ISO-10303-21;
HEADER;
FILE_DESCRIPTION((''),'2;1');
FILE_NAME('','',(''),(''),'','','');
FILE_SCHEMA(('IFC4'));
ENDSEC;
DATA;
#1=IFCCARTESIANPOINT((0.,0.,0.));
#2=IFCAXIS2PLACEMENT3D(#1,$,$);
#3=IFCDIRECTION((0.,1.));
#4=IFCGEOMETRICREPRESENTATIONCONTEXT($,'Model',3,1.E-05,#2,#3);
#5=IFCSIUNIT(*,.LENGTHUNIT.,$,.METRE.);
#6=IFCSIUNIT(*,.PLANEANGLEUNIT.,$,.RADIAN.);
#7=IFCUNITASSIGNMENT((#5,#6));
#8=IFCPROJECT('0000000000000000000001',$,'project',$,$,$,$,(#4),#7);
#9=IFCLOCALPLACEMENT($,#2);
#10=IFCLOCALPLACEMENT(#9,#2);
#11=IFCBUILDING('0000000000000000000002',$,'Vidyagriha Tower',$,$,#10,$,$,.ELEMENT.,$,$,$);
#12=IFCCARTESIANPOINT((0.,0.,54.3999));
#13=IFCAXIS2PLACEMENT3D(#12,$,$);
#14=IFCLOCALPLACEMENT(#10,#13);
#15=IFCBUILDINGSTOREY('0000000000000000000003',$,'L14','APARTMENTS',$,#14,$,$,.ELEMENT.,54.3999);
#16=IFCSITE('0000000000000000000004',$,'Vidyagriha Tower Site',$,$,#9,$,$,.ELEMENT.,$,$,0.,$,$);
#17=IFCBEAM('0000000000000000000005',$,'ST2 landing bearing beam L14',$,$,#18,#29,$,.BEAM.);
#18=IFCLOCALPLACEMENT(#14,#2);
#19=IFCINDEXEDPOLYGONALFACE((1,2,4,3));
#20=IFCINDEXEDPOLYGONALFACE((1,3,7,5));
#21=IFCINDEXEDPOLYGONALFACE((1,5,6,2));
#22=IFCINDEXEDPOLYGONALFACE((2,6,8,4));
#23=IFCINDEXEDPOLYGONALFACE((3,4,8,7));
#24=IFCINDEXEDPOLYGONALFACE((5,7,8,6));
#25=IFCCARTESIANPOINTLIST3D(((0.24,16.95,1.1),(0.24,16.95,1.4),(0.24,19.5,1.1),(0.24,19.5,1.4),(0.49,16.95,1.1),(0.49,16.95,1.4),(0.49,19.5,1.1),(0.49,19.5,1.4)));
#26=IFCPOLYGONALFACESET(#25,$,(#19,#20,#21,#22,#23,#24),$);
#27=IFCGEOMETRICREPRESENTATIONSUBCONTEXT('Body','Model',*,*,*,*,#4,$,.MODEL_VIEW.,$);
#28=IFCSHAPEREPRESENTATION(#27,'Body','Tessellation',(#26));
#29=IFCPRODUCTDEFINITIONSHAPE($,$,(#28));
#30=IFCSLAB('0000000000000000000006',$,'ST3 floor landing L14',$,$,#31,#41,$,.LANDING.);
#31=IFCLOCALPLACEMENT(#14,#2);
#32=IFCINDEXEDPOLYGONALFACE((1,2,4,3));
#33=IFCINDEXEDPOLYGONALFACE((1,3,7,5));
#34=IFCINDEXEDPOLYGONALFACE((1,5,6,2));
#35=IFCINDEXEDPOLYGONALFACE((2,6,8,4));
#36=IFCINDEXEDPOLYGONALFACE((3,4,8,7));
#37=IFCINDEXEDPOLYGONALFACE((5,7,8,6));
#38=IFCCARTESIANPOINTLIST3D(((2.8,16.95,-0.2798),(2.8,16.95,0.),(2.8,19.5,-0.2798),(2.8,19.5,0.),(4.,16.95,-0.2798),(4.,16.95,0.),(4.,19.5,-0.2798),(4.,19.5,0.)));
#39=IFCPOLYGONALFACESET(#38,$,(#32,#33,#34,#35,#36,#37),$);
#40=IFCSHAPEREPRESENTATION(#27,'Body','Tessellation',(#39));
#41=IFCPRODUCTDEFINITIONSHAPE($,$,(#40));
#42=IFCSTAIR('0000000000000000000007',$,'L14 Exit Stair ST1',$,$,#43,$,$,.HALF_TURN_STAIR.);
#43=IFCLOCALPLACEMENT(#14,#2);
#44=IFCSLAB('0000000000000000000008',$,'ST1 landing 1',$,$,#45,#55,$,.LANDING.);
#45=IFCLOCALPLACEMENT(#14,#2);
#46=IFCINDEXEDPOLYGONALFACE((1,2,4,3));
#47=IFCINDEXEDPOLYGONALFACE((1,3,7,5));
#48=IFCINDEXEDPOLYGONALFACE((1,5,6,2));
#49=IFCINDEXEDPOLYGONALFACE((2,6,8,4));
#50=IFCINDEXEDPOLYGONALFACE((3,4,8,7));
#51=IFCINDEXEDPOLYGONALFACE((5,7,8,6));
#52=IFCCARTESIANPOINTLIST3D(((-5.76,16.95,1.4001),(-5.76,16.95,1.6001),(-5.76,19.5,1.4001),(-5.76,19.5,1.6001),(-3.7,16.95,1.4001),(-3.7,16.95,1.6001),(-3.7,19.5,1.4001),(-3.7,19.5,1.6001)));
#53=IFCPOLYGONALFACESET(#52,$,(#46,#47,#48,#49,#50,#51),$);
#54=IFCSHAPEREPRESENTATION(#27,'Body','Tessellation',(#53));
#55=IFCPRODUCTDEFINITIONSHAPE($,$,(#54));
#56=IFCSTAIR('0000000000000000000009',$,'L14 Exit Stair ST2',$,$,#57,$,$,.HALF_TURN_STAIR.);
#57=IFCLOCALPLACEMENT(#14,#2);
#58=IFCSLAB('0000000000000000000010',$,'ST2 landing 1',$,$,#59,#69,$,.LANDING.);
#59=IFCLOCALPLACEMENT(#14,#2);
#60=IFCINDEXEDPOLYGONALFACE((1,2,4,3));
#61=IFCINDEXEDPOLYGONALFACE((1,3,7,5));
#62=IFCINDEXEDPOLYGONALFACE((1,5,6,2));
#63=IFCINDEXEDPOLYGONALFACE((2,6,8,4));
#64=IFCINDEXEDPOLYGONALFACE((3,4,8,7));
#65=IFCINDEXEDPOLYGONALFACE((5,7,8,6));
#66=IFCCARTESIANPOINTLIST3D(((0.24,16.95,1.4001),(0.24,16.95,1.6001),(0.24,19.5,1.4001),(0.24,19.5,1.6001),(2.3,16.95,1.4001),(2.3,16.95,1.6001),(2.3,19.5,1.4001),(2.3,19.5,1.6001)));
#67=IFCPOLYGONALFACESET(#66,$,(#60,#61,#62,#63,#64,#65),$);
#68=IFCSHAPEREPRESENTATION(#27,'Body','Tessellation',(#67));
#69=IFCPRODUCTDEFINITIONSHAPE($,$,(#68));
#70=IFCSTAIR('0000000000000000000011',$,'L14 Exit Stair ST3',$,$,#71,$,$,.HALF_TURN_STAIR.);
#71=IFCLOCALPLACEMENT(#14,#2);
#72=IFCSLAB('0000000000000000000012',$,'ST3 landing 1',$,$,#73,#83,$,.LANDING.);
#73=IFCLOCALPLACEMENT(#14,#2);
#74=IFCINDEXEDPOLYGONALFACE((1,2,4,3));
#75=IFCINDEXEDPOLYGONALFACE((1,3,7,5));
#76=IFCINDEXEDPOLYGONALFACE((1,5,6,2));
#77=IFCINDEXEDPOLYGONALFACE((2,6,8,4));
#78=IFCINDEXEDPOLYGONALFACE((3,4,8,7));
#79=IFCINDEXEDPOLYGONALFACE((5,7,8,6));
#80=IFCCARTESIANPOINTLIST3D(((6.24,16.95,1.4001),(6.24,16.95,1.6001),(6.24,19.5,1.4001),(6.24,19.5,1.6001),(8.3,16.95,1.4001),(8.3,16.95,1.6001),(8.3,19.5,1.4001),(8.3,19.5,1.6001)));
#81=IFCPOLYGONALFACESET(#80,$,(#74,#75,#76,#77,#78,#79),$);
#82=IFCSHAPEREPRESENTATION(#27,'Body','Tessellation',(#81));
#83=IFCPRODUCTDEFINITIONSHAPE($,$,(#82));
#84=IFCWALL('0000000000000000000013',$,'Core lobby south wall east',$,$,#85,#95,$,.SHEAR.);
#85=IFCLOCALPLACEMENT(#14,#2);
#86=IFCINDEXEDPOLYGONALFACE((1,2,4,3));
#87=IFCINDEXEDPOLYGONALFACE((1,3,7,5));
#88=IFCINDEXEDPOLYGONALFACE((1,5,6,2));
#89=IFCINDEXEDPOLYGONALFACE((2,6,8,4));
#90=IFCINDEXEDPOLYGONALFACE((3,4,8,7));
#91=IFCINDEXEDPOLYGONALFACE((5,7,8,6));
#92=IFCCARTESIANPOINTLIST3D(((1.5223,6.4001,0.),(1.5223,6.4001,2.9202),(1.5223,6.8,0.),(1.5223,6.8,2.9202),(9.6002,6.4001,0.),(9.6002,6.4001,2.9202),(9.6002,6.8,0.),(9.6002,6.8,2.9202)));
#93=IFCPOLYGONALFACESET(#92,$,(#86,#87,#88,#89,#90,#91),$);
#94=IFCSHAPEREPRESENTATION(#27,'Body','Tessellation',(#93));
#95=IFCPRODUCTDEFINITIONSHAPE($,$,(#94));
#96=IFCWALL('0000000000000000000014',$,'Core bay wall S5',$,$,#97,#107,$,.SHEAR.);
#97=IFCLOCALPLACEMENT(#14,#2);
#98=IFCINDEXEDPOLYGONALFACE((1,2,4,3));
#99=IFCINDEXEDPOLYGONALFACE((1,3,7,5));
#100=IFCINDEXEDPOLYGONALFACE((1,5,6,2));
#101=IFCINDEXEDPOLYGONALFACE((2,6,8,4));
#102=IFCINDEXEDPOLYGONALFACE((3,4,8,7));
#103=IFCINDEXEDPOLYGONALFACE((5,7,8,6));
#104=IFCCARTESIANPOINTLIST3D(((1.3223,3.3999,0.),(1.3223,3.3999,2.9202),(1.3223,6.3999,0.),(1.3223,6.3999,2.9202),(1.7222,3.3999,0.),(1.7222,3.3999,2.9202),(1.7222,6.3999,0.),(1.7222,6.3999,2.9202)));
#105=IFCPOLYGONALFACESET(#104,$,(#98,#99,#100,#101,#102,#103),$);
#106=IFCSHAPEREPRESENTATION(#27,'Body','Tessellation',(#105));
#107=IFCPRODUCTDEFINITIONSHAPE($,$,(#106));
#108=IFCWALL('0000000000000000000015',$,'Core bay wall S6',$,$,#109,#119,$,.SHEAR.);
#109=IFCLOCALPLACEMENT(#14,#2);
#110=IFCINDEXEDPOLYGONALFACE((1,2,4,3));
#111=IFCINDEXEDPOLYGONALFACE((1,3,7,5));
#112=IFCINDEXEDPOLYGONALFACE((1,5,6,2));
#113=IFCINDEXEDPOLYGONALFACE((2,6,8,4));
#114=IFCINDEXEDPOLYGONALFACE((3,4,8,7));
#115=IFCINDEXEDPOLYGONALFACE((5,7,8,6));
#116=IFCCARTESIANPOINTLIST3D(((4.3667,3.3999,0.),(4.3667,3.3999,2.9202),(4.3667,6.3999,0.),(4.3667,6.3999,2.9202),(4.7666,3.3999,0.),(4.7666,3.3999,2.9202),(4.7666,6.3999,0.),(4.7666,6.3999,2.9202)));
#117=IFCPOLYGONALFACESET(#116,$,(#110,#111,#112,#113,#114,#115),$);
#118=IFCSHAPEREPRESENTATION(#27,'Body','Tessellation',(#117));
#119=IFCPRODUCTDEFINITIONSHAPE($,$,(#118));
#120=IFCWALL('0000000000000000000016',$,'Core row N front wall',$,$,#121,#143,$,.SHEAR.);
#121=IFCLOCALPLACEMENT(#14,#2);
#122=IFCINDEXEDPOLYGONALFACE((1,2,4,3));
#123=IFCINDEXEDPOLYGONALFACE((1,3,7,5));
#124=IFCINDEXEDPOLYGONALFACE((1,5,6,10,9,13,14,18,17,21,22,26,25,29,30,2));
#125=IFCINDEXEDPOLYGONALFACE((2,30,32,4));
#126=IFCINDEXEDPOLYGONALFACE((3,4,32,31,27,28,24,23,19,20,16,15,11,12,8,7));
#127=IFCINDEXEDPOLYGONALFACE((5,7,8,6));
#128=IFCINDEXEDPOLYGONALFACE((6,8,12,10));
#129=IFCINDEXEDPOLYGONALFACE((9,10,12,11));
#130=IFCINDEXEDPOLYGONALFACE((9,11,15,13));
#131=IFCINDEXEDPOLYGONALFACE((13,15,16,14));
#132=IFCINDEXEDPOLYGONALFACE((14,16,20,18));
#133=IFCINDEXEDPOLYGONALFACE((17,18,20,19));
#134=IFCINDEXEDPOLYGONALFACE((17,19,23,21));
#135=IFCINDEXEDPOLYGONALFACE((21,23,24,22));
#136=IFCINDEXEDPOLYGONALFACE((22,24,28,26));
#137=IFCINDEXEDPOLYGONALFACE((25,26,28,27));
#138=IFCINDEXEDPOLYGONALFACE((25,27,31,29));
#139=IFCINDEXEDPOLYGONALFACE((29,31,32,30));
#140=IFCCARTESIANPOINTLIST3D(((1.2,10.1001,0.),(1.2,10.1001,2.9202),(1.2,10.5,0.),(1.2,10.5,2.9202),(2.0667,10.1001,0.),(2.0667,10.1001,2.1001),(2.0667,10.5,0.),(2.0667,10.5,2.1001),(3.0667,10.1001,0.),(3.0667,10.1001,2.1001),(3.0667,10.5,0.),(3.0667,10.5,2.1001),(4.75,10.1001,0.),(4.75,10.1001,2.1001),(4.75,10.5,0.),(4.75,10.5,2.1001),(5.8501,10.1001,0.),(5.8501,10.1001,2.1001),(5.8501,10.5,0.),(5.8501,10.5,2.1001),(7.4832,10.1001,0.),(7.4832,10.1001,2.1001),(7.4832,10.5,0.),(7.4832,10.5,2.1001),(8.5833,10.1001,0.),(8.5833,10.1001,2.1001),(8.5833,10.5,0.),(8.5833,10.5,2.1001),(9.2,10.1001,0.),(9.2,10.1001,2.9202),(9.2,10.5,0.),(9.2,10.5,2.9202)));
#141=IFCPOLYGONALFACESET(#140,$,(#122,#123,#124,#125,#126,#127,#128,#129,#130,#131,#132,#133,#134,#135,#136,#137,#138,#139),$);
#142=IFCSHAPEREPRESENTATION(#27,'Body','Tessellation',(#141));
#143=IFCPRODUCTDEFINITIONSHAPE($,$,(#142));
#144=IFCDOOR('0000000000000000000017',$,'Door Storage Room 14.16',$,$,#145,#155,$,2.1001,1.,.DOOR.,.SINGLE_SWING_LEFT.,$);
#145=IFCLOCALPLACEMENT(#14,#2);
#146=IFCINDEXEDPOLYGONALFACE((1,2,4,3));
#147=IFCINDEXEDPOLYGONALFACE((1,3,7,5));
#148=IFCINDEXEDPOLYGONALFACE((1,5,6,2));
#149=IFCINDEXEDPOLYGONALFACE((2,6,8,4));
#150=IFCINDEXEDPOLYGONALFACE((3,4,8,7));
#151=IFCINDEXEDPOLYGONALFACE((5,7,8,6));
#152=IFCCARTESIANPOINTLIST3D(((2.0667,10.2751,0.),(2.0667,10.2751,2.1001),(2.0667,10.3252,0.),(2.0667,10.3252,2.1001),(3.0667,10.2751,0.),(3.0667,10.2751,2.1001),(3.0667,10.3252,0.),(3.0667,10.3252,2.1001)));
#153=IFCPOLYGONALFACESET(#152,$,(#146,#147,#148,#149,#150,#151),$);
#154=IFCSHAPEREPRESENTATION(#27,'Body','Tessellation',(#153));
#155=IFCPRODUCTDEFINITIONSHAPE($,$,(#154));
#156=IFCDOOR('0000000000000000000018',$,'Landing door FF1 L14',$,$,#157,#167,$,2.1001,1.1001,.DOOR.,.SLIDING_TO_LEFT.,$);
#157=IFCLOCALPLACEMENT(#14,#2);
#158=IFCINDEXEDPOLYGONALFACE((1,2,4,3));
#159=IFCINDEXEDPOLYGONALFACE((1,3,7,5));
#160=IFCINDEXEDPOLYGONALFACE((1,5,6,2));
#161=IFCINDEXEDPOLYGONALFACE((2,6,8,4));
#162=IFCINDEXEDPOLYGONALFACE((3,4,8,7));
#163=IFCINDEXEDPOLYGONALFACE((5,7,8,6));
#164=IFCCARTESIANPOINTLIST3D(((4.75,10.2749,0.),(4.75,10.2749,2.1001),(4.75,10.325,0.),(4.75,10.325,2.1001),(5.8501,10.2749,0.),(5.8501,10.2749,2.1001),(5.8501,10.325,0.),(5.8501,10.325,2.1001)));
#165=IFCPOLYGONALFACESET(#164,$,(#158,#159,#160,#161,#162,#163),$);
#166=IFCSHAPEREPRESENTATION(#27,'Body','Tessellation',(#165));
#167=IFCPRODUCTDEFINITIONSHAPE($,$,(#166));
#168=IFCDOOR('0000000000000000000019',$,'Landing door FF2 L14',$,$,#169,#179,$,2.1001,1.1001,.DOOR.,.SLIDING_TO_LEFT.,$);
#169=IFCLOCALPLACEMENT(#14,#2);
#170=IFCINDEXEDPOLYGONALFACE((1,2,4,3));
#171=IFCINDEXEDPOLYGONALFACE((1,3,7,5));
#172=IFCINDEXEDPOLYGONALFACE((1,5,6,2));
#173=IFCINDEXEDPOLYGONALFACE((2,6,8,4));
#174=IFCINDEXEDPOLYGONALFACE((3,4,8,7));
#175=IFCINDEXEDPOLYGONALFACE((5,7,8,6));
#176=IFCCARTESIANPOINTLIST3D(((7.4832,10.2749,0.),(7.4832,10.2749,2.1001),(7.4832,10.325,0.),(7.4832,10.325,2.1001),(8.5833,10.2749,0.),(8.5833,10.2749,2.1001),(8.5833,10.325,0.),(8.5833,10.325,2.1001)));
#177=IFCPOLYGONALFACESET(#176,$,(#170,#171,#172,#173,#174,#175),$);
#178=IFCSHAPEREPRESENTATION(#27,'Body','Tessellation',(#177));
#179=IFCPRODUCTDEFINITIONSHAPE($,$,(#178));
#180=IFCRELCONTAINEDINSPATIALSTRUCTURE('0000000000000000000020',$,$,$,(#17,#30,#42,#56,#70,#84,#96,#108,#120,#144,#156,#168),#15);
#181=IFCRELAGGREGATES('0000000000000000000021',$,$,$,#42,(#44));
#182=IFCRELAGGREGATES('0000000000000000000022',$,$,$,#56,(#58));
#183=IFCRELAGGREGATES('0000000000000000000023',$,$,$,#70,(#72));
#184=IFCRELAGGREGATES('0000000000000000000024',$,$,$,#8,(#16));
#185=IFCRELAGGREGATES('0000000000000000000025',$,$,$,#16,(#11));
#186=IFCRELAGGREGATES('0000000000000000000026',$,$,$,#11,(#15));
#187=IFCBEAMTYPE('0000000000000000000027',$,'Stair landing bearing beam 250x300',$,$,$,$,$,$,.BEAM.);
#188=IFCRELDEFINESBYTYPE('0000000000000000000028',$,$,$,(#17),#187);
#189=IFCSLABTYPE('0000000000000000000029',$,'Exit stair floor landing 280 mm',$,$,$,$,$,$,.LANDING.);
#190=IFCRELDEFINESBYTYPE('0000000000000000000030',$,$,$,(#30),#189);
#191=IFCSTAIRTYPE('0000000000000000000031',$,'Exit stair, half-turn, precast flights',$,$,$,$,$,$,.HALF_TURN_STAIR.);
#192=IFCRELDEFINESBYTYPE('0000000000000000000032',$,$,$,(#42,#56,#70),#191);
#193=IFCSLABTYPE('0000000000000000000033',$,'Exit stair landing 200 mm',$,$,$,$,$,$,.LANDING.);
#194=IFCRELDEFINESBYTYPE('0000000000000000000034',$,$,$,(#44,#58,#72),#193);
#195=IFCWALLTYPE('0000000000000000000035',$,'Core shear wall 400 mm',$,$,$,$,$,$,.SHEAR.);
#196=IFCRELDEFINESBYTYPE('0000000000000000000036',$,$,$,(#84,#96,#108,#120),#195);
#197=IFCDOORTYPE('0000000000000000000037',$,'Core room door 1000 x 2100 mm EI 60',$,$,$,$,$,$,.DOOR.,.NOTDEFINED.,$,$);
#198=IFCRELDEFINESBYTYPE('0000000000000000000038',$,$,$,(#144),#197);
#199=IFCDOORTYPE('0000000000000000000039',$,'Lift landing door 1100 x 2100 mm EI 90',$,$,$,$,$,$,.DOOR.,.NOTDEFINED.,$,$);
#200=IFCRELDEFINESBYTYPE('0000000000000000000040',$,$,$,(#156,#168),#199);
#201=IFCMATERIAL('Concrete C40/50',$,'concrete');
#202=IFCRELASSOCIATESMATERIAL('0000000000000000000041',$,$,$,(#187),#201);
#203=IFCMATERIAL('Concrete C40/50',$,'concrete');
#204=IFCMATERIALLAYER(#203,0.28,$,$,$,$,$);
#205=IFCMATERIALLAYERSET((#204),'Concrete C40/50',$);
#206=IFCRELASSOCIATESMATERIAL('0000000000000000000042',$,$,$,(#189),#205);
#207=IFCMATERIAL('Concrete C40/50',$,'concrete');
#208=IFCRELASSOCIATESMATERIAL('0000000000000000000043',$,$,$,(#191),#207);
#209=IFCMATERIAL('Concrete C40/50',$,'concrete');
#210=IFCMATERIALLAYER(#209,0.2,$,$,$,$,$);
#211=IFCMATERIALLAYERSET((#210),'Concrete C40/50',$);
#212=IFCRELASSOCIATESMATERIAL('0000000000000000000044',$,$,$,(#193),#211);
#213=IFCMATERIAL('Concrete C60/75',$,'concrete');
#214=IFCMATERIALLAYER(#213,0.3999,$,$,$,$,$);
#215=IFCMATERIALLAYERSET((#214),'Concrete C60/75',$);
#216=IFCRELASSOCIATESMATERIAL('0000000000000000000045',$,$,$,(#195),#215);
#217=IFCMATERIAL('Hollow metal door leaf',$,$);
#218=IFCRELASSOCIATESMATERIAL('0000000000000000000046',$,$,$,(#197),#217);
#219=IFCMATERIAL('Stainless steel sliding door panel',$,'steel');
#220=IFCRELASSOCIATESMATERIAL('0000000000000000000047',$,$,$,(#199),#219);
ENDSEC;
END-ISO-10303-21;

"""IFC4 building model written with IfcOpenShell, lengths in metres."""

from ifc_helpers import new_model, si_unit, direction, frame, frame_2d, origin, origin_2d, place, context, subcontext, project, spatial, polyline, rectangle, outline, extrude, material, layer, layer_set, material_profile, profile_set, type_object, element, fill, aggregate, save


model = new_model("IFC4")

# Units and contexts
model_context = context("Model", 3, precision=1e-05, world=origin(), true_north=direction((0.0, 1.0)))
body_context = subcontext(model_context, "Body", "Model", "MODEL_VIEW")
ifc_project = project(units=[si_unit("LENGTHUNIT", "METRE"), si_unit("PLANEANGLEUNIT", "RADIAN")], contexts=[model_context])

# Site, building, storey
site_placement = place(None, origin())
site = spatial("IfcSite", under=ifc_project, at=site_placement, Name="Vidyagriha Tower Site", CompositionType="ELEMENT", RefElevation=0.0)
building_placement = place(site_placement, origin())
building = spatial("IfcBuilding", under=site, at=building_placement, Name="Vidyagriha Tower", CompositionType="ELEMENT")
storey_placement = place(building_placement, frame((0.0, 0.0, 54.3999)))
storey = spatial("IfcBuildingStorey", under=building, at=storey_placement, Name="L14", Description="APARTMENTS", CompositionType="ELEMENT", Elevation=54.3999)

# Beam
ifc_material_1 = material(Name="Concrete C40/50", Category="concrete")
ifc_material_profile = material_profile(ifc_material_1, rectangle(XDim=0.25, YDim=0.3, at=origin_2d()), Name="Stair landing bearing beam 250x300")
ifc_profile_set = profile_set([ifc_material_profile], Name="Concrete C40/50")
beam_type = type_object("IfcBeamType", Name="Stair landing bearing beam 250x300", PredefinedType="BEAM", material=ifc_profile_set)
beam_placement = place(storey_placement, frame((0.365, 16.95, 1.25), z_axis=(0.0, 1.0, 0.0), x_axis=(-1.0, 0.0, 0.0)))
element("IfcBeam", 1, at=beam_placement, inside=storey, type_object=beam_type, Name="ST2 landing bearing beam L14", PredefinedType="BEAM", context=body_context, shape_type="SweptSolid", body=[
    extrude(rectangle(XDim=0.25, YDim=0.3, at=origin_2d()), origin(), (0.0, 0.0, 1.0), 2.55),
])

# Slab
ifc_material_2 = material(Name="Concrete C40/50", Category="concrete")
ifc_layer_1 = layer(ifc_material_2, 0.28)
ifc_layer_set_1 = layer_set([ifc_layer_1], Name="Concrete C40/50")
slab_type_1 = type_object("IfcSlabType", Name="Exit stair floor landing 280 mm", PredefinedType="LANDING", material=ifc_layer_set_1)
slab_1_placement = place(storey_placement, frame((0.0, 0.0, -0.2798)))
element("IfcSlab", 2, at=slab_1_placement, inside=storey, type_object=slab_type_1, Name="ST3 floor landing L14", PredefinedType="LANDING", context=body_context, shape_type="SweptSolid", body=[
    extrude(outline(polyline([(2.8, 16.95), (4.0, 16.95), (4.0, 19.5), (2.8, 19.5), (2.8, 16.95)])), origin(), (0.0, 0.0, 1.0), 0.2798),
])

# Stairs, slabs
ifc_material_3 = material(Name="Concrete C40/50", Category="concrete")
stair_type = type_object("IfcStairType", Name="Exit stair, half-turn, precast flights", PredefinedType="HALF_TURN_STAIR", material=ifc_material_3)
stair_1_placement = place(storey_placement, origin())
stair_1 = element("IfcStair", 3, at=stair_1_placement, inside=storey, type_object=stair_type, Name="L14 Exit Stair ST1", PredefinedType="HALF_TURN_STAIR")
ifc_material_4 = material(Name="Concrete C40/50", Category="concrete")
ifc_layer_2 = layer(ifc_material_4, 0.2)
ifc_layer_set_2 = layer_set([ifc_layer_2], Name="Concrete C40/50")
slab_type_2 = type_object("IfcSlabType", Name="Exit stair landing 200 mm", PredefinedType="LANDING", material=ifc_layer_set_2)
slab_2_placement = place(storey_placement, frame((0.0, 0.0, 1.4001)))
slab_2 = element("IfcSlab", 4, at=slab_2_placement, type_object=slab_type_2, Name="ST1 landing 1", PredefinedType="LANDING", context=body_context, shape_type="SweptSolid", body=[
    extrude(outline(polyline([(-5.76, 16.95), (-3.7, 16.95), (-3.7, 19.5), (-5.76, 19.5), (-5.76, 16.95)])), origin(), (0.0, 0.0, 1.0), 0.2),
])
aggregate(stair_1, [slab_2])
stair_2_placement = place(storey_placement, origin())
stair_2 = element("IfcStair", 5, at=stair_2_placement, inside=storey, type_object=stair_type, Name="L14 Exit Stair ST2", PredefinedType="HALF_TURN_STAIR")
slab_3_placement = place(storey_placement, frame((0.0, 0.0, 1.4001)))
slab_3 = element("IfcSlab", 6, at=slab_3_placement, type_object=slab_type_2, Name="ST2 landing 1", PredefinedType="LANDING", context=body_context, shape_type="SweptSolid", body=[
    extrude(outline(polyline([(0.24, 16.95), (2.3, 16.95), (2.3, 19.5), (0.24, 19.5), (0.24, 16.95)])), origin(), (0.0, 0.0, 1.0), 0.2),
])
aggregate(stair_2, [slab_3])
stair_3_placement = place(storey_placement, origin())
stair_3 = element("IfcStair", 7, at=stair_3_placement, inside=storey, type_object=stair_type, Name="L14 Exit Stair ST3", PredefinedType="HALF_TURN_STAIR")
slab_4_placement = place(storey_placement, frame((0.0, 0.0, 1.4001)))
slab_4 = element("IfcSlab", 8, at=slab_4_placement, type_object=slab_type_2, Name="ST3 landing 1", PredefinedType="LANDING", context=body_context, shape_type="SweptSolid", body=[
    extrude(outline(polyline([(6.24, 16.95), (8.3, 16.95), (8.3, 19.5), (6.24, 19.5), (6.24, 16.95)])), origin(), (0.0, 0.0, 1.0), 0.2),
])
aggregate(stair_3, [slab_4])

# Walls
ifc_material_5 = material(Name="Concrete C60/75", Category="concrete")
ifc_layer_3 = layer(ifc_material_5, 0.3999)
ifc_layer_set_3 = layer_set([ifc_layer_3], Name="Concrete C60/75")
wall_type_1 = type_object("IfcWallType", Name="Core shear wall 400 mm", PredefinedType="SHEAR", material=ifc_layer_set_3)
wall_1_placement = place(storey_placement, frame((1.5222, 6.6001, 0.0)))
element("IfcWall", 9, at=wall_1_placement, inside=storey, type_object=wall_type_1, Name="Core lobby south wall east", PredefinedType="SHEAR", context=body_context, shape_type="SweptSolid", body=[
    extrude(rectangle(XDim=8.0779, YDim=0.3999, at=frame_2d((4.0391, 0.0))), origin(), (0.0, 0.0, 1.0), 2.9202),
])
for number, where, z_axis, x_axis, name in (
    (10, (1.5222, 3.3999, 0.0), (0.0, 0.0, 1.0), (0.0, 1.0, 0.0), "Core bay wall S5"),
    (11, (4.5667, 3.3999, 0.0), (0.0, 0.0, 1.0), (0.0, 1.0, 0.0), "Core bay wall S6"),
):
    element("IfcWall", number, at=place(storey_placement, frame(where, z_axis=z_axis, x_axis=x_axis)), inside=storey, type_object=wall_type_1, Name=name, PredefinedType="SHEAR", context=body_context, shape_type="SweptSolid", body=[
        extrude(rectangle(XDim=3.0, YDim=0.3999, at=frame_2d((1.5, 0.0))), origin(), (0.0, 0.0, 1.0), 2.9202),
    ])

# Wall, openings, doors
wall_2_placement = place(storey_placement, frame((1.2, 10.3, 0.0)))
wall_2 = element("IfcWall", 12, at=wall_2_placement, inside=storey, type_object=wall_type_1, Name="Core row N front wall", PredefinedType="SHEAR", context=body_context, shape_type="SweptSolid", body=[
    extrude(rectangle(XDim=8.0, YDim=0.3999, at=frame_2d((4.0, 0.0))), origin(), (0.0, 0.0, 1.0), 2.9202),
])
opening_1_placement = place(wall_2_placement, frame((3.55, 0.0, 0.0)))
opening_1 = element("IfcOpeningElement", 13, at=opening_1_placement, cuts=wall_2, PredefinedType="OPENING", context=body_context, shape_type="SweptSolid", body=[
    extrude(rectangle(XDim=1.1001, YDim=2.1001, at=frame_2d((0.55, 1.05))), frame((0.0, 0.21, 0.0), z_axis=(0.0, -1.0, 0.0), x_axis=(1.0, 0.0, 0.0)), (0.0, 0.0, 1.0), 0.4199),
])
opening_2_placement = place(wall_2_placement, frame((6.2832, 0.0, 0.0)))
opening_2 = element("IfcOpeningElement", 14, at=opening_2_placement, cuts=wall_2, PredefinedType="OPENING", context=body_context, shape_type="SweptSolid", body=[
    extrude(rectangle(XDim=1.1001, YDim=2.1001, at=frame_2d((0.55, 1.05))), frame((0.0, 0.21, 0.0), z_axis=(0.0, -1.0, 0.0), x_axis=(1.0, 0.0, 0.0)), (0.0, 0.0, 1.0), 0.4199),
])
opening_3_placement = place(wall_2_placement, frame((0.8667, 0.0, 0.0)))
opening_3 = element("IfcOpeningElement", 15, at=opening_3_placement, cuts=wall_2, PredefinedType="OPENING", context=body_context, shape_type="SweptSolid", body=[
    extrude(rectangle(XDim=1.0, YDim=2.1001, at=frame_2d((0.5, 1.05))), frame((0.0, 0.21, 0.0), z_axis=(0.0, -1.0, 0.0), x_axis=(1.0, 0.0, 0.0)), (0.0, 0.0, 1.0), 0.4199),
])
ifc_material_6 = material(Name="Hollow metal door leaf")
door_type_1 = type_object("IfcDoorType", Name="Core room door 1000 x 2100 mm EI 60", OperationType="NOTDEFINED", PredefinedType="DOOR", material=ifc_material_6)
door_1_placement = place(opening_3_placement, frame((1.0, 0.0, 0.0), z_axis=(0.0, 0.0, 1.0), x_axis=(-1.0, 0.0, 0.0)))
door_1 = element("IfcDoor", 16, at=door_1_placement, inside=storey, type_object=door_type_1, Name="Door Storage Room 14.16", OperationType="SINGLE_SWING_LEFT", OverallHeight=2.1001, OverallWidth=1.0, PredefinedType="DOOR", context=body_context, shape_type="SweptSolid", body=[
    extrude(rectangle(XDim=1.0, YDim=2.1001, at=frame_2d((0.5, 1.05))), frame((0.0, 0.0249, 0.0), z_axis=(0.0, -1.0, 0.0), x_axis=(1.0, 0.0, 0.0)), (0.0, 0.0, 1.0), 0.05),
])
fill(opening_3, door_1)
ifc_material_7 = material(Name="Stainless steel sliding door panel", Category="steel")
door_type_2 = type_object("IfcDoorType", Name="Lift landing door 1100 x 2100 mm EI 90", OperationType="NOTDEFINED", PredefinedType="DOOR", material=ifc_material_7)
door_2_placement = place(opening_1_placement, origin())
door_2 = element("IfcDoor", 17, at=door_2_placement, inside=storey, type_object=door_type_2, Name="Landing door FF1 L14", OperationType="SLIDING_TO_LEFT", OverallHeight=2.1001, OverallWidth=1.1001, PredefinedType="DOOR", context=body_context, shape_type="SweptSolid", body=[
    extrude(rectangle(XDim=1.1001, YDim=2.1001, at=frame_2d((0.55, 1.05))), frame((0.0, 0.0249, 0.0), z_axis=(0.0, -1.0, 0.0), x_axis=(1.0, 0.0, 0.0)), (0.0, 0.0, 1.0), 0.05),
])
fill(opening_1, door_2)
door_3_placement = place(opening_2_placement, origin())
door_3 = element("IfcDoor", 18, at=door_3_placement, inside=storey, type_object=door_type_2, Name="Landing door FF2 L14", OperationType="SLIDING_TO_LEFT", OverallHeight=2.1001, OverallWidth=1.1001, PredefinedType="DOOR", context=body_context, shape_type="SweptSolid", body=[
    extrude(rectangle(XDim=1.1001, YDim=2.1001, at=frame_2d((0.55, 1.05))), frame((0.0, 0.0249, 0.0), z_axis=(0.0, -1.0, 0.0), x_axis=(1.0, 0.0, 0.0)), (0.0, 0.0, 1.0), 0.05),
])
fill(opening_2, door_3)

save(model, "model.ifc")
